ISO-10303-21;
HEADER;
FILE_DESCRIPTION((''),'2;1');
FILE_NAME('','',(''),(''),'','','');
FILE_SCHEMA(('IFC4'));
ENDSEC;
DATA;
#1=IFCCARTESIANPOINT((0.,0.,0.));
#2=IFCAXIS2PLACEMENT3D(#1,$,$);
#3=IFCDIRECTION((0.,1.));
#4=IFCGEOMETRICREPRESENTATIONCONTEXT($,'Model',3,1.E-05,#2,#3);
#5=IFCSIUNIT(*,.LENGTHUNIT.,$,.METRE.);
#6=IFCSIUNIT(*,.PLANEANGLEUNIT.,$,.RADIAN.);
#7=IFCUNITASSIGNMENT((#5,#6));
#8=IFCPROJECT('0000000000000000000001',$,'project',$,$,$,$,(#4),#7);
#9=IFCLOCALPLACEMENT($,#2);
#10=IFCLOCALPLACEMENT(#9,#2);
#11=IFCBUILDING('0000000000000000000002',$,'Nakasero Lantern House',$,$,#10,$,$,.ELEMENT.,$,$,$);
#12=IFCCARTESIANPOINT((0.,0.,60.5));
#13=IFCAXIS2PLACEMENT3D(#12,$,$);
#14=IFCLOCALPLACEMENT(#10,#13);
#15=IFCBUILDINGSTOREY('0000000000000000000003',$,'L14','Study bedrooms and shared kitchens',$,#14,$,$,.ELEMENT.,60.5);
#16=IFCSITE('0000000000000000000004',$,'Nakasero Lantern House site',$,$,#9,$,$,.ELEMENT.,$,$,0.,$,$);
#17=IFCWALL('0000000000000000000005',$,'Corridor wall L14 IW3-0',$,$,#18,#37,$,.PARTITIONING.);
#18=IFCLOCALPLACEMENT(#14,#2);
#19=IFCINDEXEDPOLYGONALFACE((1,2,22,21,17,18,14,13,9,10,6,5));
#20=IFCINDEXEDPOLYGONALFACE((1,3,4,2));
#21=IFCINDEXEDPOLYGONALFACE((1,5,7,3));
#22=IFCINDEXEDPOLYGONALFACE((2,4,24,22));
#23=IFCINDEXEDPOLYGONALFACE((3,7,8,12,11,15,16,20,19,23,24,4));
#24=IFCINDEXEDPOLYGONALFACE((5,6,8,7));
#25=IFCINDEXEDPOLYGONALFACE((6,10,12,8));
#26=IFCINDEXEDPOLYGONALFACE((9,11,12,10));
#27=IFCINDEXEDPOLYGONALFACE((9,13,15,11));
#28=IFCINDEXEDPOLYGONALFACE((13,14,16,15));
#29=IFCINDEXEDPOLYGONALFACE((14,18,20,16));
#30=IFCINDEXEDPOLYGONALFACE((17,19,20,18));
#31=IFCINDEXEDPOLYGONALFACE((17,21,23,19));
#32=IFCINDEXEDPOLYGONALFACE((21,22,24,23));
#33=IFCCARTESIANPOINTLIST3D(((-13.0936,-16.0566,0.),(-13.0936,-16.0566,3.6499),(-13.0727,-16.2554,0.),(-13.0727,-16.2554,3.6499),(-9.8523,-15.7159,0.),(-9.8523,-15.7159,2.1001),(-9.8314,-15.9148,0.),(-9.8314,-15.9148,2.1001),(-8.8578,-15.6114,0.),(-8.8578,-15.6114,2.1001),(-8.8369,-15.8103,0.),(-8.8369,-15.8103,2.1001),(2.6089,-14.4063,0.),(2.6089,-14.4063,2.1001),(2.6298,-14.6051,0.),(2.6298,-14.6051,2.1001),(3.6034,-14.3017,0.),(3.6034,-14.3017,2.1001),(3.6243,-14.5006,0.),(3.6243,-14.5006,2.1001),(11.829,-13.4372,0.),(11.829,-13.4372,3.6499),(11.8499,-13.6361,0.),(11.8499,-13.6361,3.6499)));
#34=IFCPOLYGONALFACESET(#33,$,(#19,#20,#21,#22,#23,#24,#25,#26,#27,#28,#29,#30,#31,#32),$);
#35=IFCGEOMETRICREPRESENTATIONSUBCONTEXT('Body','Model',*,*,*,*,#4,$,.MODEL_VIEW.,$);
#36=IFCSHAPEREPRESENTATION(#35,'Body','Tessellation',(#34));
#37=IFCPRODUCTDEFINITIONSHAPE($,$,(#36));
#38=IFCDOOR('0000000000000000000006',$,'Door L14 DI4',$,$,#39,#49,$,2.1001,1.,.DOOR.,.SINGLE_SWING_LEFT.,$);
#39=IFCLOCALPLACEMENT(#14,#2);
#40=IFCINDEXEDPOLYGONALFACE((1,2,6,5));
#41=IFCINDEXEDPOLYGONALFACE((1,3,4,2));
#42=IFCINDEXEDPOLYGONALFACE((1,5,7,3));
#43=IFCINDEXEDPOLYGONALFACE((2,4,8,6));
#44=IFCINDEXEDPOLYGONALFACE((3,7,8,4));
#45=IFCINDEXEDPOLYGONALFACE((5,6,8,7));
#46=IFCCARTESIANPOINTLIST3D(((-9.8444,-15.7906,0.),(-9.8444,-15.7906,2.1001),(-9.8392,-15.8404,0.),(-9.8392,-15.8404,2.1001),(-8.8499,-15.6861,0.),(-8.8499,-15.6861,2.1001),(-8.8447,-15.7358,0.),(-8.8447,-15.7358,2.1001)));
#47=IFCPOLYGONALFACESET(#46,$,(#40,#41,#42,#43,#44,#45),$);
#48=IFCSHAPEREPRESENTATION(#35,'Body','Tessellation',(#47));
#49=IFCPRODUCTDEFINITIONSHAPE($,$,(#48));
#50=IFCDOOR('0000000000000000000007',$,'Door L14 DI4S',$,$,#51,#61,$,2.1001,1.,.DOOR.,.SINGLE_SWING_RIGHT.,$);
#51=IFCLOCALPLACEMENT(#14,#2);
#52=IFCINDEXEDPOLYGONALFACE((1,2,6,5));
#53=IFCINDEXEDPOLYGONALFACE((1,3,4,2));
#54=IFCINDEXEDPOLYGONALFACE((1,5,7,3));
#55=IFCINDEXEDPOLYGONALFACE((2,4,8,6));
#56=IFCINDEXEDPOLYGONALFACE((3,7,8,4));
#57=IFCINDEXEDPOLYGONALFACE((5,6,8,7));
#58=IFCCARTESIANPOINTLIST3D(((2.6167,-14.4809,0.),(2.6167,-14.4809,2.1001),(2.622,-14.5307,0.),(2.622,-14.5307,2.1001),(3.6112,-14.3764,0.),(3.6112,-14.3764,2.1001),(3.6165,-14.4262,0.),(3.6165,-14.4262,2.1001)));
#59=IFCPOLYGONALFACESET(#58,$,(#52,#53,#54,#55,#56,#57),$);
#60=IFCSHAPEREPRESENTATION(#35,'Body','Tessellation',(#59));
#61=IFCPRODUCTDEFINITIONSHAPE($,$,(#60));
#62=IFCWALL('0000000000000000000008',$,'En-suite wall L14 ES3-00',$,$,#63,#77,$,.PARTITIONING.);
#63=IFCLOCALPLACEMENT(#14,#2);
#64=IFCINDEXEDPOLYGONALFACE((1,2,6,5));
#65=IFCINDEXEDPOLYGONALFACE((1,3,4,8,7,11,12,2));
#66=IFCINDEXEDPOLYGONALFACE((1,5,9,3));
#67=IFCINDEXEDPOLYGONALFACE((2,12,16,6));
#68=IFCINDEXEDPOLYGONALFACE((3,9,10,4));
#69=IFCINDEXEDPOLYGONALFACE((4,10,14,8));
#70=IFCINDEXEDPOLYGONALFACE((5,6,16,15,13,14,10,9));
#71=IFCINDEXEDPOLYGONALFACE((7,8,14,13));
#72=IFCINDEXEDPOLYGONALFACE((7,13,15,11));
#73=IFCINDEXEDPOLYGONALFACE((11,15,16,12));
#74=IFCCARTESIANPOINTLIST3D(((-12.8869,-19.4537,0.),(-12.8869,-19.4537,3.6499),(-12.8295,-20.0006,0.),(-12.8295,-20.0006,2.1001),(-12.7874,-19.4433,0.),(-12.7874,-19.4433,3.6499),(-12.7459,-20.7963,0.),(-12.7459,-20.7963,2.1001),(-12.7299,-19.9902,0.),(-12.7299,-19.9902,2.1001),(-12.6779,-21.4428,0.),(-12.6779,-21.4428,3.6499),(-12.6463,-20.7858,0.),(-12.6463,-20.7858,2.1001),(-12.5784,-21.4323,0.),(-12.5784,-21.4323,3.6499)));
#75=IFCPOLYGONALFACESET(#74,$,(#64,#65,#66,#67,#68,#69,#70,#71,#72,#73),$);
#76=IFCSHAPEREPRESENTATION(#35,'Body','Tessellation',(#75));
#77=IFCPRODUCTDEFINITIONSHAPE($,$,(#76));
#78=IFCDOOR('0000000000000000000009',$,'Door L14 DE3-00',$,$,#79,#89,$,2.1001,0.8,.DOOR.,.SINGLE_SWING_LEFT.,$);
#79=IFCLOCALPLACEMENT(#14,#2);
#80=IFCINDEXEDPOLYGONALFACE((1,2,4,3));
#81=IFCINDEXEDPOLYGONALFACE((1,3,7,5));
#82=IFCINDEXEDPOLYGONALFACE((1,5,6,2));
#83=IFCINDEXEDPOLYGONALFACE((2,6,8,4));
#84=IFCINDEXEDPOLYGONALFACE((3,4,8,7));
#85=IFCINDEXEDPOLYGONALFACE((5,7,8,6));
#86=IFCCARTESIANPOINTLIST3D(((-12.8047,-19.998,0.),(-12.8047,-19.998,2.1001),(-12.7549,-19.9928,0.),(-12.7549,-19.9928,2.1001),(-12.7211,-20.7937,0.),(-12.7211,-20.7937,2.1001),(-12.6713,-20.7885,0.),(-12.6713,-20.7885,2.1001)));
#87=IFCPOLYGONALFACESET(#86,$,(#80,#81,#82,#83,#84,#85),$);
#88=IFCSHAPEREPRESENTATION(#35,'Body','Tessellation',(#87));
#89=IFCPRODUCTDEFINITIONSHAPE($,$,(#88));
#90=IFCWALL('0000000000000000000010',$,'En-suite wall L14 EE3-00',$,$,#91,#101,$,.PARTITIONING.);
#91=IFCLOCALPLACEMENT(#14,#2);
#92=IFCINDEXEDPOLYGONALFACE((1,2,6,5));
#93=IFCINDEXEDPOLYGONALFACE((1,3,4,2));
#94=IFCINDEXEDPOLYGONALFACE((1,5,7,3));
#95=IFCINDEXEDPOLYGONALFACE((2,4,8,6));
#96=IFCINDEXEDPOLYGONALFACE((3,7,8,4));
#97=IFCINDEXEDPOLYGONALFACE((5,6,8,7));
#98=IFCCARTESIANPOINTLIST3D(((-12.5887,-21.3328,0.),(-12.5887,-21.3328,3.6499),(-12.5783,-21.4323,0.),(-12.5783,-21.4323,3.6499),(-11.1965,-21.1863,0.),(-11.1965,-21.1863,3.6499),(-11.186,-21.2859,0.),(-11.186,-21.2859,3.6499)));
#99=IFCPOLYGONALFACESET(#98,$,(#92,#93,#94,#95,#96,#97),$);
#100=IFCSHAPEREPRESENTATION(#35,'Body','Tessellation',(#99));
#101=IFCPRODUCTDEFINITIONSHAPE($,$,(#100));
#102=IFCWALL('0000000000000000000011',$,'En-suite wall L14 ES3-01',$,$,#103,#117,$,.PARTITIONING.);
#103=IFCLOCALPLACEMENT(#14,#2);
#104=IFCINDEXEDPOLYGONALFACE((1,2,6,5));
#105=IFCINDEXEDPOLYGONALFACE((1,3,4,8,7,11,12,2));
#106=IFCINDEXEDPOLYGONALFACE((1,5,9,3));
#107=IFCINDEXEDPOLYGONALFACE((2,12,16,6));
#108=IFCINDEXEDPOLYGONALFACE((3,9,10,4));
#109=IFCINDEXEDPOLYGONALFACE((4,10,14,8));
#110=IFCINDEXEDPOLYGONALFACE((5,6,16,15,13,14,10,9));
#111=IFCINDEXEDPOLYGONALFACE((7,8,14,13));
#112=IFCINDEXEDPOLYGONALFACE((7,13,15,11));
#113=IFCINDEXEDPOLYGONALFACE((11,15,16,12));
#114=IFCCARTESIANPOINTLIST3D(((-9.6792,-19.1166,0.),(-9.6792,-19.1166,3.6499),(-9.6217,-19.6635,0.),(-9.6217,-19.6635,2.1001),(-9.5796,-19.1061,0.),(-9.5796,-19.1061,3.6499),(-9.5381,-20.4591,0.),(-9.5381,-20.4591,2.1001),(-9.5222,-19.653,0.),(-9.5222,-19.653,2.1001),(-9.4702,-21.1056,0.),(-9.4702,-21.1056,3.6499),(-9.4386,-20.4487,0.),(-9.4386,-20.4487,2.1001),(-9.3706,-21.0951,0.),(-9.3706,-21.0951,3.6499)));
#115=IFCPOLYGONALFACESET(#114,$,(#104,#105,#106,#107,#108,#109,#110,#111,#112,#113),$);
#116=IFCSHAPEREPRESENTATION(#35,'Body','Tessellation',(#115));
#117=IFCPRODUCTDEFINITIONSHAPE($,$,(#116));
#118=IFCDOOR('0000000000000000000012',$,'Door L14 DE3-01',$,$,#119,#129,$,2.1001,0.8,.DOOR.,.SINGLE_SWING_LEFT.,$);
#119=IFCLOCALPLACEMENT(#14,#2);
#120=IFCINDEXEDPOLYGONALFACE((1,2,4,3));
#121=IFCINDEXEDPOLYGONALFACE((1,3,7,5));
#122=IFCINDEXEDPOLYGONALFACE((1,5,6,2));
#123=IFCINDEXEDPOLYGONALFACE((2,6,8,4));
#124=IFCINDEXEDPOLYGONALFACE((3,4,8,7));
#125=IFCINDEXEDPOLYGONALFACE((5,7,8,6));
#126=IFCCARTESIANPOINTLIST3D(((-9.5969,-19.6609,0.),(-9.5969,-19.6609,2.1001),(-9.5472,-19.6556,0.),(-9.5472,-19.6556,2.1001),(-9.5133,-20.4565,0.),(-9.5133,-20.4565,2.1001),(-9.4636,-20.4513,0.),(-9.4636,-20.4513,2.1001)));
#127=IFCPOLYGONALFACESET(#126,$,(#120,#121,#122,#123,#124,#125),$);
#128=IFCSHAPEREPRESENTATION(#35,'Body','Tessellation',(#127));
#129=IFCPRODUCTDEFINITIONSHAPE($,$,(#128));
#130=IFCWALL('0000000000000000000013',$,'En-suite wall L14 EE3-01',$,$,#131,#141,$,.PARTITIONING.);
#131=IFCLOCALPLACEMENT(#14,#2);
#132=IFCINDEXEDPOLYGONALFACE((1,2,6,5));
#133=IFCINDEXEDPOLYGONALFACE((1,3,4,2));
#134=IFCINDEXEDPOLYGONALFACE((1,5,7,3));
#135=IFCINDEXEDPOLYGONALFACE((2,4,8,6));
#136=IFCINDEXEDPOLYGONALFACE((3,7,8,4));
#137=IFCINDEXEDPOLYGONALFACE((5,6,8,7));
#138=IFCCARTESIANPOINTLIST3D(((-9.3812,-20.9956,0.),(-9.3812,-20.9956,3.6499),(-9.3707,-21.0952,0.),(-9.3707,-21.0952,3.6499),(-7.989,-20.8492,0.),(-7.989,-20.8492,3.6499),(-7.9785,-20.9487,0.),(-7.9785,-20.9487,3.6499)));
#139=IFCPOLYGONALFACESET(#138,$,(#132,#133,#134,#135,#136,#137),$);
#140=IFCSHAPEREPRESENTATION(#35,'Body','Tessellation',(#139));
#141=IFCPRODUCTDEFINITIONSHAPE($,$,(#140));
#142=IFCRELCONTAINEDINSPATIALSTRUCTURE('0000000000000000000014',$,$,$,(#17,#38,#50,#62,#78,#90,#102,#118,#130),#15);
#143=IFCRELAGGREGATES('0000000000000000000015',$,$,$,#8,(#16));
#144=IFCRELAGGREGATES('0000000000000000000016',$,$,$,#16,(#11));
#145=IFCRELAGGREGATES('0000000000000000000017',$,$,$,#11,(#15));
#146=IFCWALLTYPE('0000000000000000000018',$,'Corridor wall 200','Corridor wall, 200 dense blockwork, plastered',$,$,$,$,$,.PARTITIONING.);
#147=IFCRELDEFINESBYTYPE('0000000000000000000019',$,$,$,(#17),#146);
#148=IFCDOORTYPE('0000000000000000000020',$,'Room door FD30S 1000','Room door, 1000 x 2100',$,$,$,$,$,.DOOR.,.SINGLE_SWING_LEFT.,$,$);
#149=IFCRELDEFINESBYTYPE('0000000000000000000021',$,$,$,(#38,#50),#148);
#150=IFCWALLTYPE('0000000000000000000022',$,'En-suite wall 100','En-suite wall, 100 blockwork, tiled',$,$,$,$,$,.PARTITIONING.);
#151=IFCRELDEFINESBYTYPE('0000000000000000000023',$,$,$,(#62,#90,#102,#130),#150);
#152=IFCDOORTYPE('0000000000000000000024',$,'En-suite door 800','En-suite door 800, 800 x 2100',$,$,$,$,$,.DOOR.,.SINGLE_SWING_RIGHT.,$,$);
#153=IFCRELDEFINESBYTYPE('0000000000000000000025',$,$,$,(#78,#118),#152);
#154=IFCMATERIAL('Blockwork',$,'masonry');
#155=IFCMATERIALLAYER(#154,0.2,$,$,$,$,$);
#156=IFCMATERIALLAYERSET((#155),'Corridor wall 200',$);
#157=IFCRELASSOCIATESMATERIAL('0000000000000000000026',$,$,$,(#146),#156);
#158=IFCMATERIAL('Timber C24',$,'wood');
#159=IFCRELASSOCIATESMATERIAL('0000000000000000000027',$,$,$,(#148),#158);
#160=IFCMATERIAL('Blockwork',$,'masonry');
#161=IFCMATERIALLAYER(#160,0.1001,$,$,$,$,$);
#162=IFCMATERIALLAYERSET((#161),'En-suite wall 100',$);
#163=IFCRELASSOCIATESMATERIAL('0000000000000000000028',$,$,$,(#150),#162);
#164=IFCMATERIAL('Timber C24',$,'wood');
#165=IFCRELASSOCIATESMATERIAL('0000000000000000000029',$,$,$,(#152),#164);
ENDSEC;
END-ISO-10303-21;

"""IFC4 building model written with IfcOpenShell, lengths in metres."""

from ifc_helpers import new_model, si_unit, direction, frame, frame_2d, origin, place, context, subcontext, project, spatial, rectangle, extrude, material, layer, layer_set, type_object, element, fill, save


model = new_model("IFC4")

# Units and contexts
model_context = context("Model", 3, precision=1e-05, world=origin(), true_north=direction((0.0, 1.0)))
body_context = subcontext(model_context, "Body", "Model", "MODEL_VIEW")
ifc_project = project(units=[si_unit("LENGTHUNIT", "METRE"), si_unit("PLANEANGLEUNIT", "RADIAN")], contexts=[model_context])

# Site, building, storey
site_placement = place(None, origin())
site = spatial("IfcSite", under=ifc_project, at=site_placement, Name="Nakasero Lantern House site", CompositionType="ELEMENT", RefElevation=0.0)
building_placement = place(site_placement, origin())
building = spatial("IfcBuilding", under=site, at=building_placement, Name="Nakasero Lantern House", CompositionType="ELEMENT")
storey_placement = place(building_placement, frame((0.0, 0.0, 60.5)))
storey = spatial("IfcBuildingStorey", under=building, at=storey_placement, Name="L14", Description="Study bedrooms and shared kitchens", CompositionType="ELEMENT", Elevation=60.5)

# Shared definitions
ifc_material_1 = material(Name="Blockwork", Category="masonry")
ifc_layer_1 = layer(ifc_material_1, 0.2)
ifc_layer_set_1 = layer_set([ifc_layer_1], Name="Corridor wall 200")
wall_type_1 = type_object("IfcWallType", Name="Corridor wall 200", Description="Corridor wall, 200 dense blockwork, plastered", PredefinedType="PARTITIONING", material=ifc_layer_set_1)

# Wall, openings, doors
wall_1_placement = place(storey_placement, frame((-13.083, -16.156, 0.0), z_axis=(0.0, 0.0, 1.0), x_axis=(0.994522, 0.104525, 0.0)))
wall_1 = element("IfcWall", 1, at=wall_1_placement, inside=storey, type_object=wall_type_1, Name="Corridor wall L14 IW3-0", PredefinedType="PARTITIONING", context=body_context, shape_type="SweptSolid", body=[
    extrude(rectangle(XDim=25.0598, YDim=0.2, at=frame_2d((12.5298, 0.0))), origin(), (0.0, 0.0, 1.0), 3.6499),
])
opening_1_placement = place(wall_1_placement, frame((3.259, 0.0, 0.0)))
opening_1 = element("IfcOpeningElement", 2, at=opening_1_placement, cuts=wall_1, PredefinedType="OPENING", context=body_context, shape_type="SweptSolid", body=[
    extrude(rectangle(XDim=1.0, YDim=2.1001, at=frame_2d((0.5, 1.05))), frame((0.0, 0.1199, 0.0), z_axis=(0.0, -1.0, 0.0), x_axis=(1.0, 0.0, 0.0)), (0.0, 0.0, 1.0), 0.24),
])
opening_2_placement = place(wall_1_placement, frame((15.7888, 0.0, 0.0)))
opening_2 = element("IfcOpeningElement", 3, at=opening_2_placement, cuts=wall_1, PredefinedType="OPENING", context=body_context, shape_type="SweptSolid", body=[
    extrude(rectangle(XDim=1.0, YDim=2.1001, at=frame_2d((0.5, 1.05))), frame((0.0, 0.1199, 0.0), z_axis=(0.0, -1.0, 0.0), x_axis=(1.0, 0.0, 0.0)), (0.0, 0.0, 1.0), 0.24),
])
ifc_material_2 = material(Name="Timber C24", Category="wood")
door_type_1 = type_object("IfcDoorType", Name="Room door FD30S 1000", Description="Room door, 1000 x 2100", OperationType="SINGLE_SWING_LEFT", PredefinedType="DOOR", material=ifc_material_2)
door_1_placement = place(opening_1_placement, origin())
door_1 = element("IfcDoor", 4, at=door_1_placement, inside=storey, type_object=door_type_1, Name="Door L14 DI4", OperationType="SINGLE_SWING_LEFT", OverallHeight=2.1001, OverallWidth=1.0, PredefinedType="DOOR", context=body_context, shape_type="SweptSolid", body=[
    extrude(rectangle(XDim=1.0, YDim=2.1001, at=frame_2d((0.5, 1.05))), frame((0.0, 0.0249, 0.0), z_axis=(0.0, -1.0, 0.0), x_axis=(1.0, 0.0, 0.0)), (0.0, 0.0, 1.0), 0.05),
])
fill(opening_1, door_1)
door_2_placement = place(opening_2_placement, origin())
door_2 = element("IfcDoor", 5, at=door_2_placement, inside=storey, type_object=door_type_1, Name="Door L14 DI4S", OperationType="SINGLE_SWING_RIGHT", OverallHeight=2.1001, OverallWidth=1.0, PredefinedType="DOOR", context=body_context, shape_type="SweptSolid", body=[
    extrude(rectangle(XDim=1.0, YDim=2.1001, at=frame_2d((0.5, 1.05))), frame((0.0, 0.0249, 0.0), z_axis=(0.0, -1.0, 0.0), x_axis=(1.0, 0.0, 0.0)), (0.0, 0.0, 1.0), 0.05),
])
fill(opening_2, door_2)

# Wall, opening, door
ifc_material_3 = material(Name="Blockwork", Category="masonry")
ifc_layer_2 = layer(ifc_material_3, 0.1001)
ifc_layer_set_2 = layer_set([ifc_layer_2], Name="En-suite wall 100")
wall_type_2 = type_object("IfcWallType", Name="En-suite wall 100", Description="En-suite wall, 100 blockwork, tiled", PredefinedType="PARTITIONING", material=ifc_layer_set_2)
wall_2_placement = place(storey_placement, frame((-12.8372, -19.4485, 0.0), z_axis=(0.0, 0.0, 1.0), x_axis=(0.104494, -0.994526, 0.0)))
wall_2 = element("IfcWall", 6, at=wall_2_placement, inside=storey, type_object=wall_type_2, Name="En-suite wall L14 ES3-00", PredefinedType="PARTITIONING", context=body_context, shape_type="SweptSolid", body=[
    extrude(rectangle(XDim=2.0, YDim=0.1001, at=frame_2d((1.0, 0.0))), origin(), (0.0, 0.0, 1.0), 3.6499),
])
opening_3_placement = place(wall_2_placement, frame((0.55, 0.0, 0.0)))
opening_3 = element("IfcOpeningElement", 7, at=opening_3_placement, cuts=wall_2, PredefinedType="OPENING", context=body_context, shape_type="SweptSolid", body=[
    extrude(rectangle(XDim=0.8, YDim=2.1001, at=frame_2d((0.3999, 1.05))), frame((0.0, 0.0701, 0.0), z_axis=(0.0, -1.0, 0.0), x_axis=(1.0, 0.0, 0.0)), (0.0, 0.0, 1.0), 0.1401),
])
ifc_material_4 = material(Name="Timber C24", Category="wood")
door_type_2 = type_object("IfcDoorType", Name="En-suite door 800", Description="En-suite door 800, 800 x 2100", OperationType="SINGLE_SWING_RIGHT", PredefinedType="DOOR", material=ifc_material_4)
door_3_placement = place(opening_3_placement, origin())
door_3 = element("IfcDoor", 8, at=door_3_placement, inside=storey, type_object=door_type_2, Name="Door L14 DE3-00", OperationType="SINGLE_SWING_LEFT", OverallHeight=2.1001, OverallWidth=0.8, PredefinedType="DOOR", context=body_context, shape_type="SweptSolid", body=[
    extrude(rectangle(XDim=0.8, YDim=2.1001, at=frame_2d((0.3999, 1.05))), frame((0.0, 0.0249, 0.0), z_axis=(0.0, -1.0, 0.0), x_axis=(1.0, 0.0, 0.0)), (0.0, 0.0, 1.0), 0.05),
])
fill(opening_3, door_3)

# Wall
wall_3_placement = place(storey_placement, frame((-12.5835, -21.3826, 0.0), z_axis=(0.0, 0.0, 1.0), x_axis=(0.994511, 0.10463, 0.0)))
element("IfcWall", 9, at=wall_3_placement, inside=storey, type_object=wall_type_2, Name="En-suite wall L14 EE3-00", PredefinedType="PARTITIONING", context=body_context, shape_type="SweptSolid", body=[
    extrude(rectangle(XDim=1.3999, YDim=0.1001, at=frame_2d((0.7, 0.0))), origin(), (0.0, 0.0, 1.0), 3.6499),
])

# Wall, opening, door
wall_4_placement = place(storey_placement, frame((-9.6294, -19.1113, 0.0), z_axis=(0.0, 0.0, 1.0), x_axis=(0.104494, -0.994526, 0.0)))
wall_4 = element("IfcWall", 10, at=wall_4_placement, inside=storey, type_object=wall_type_2, Name="En-suite wall L14 ES3-01", PredefinedType="PARTITIONING", context=body_context, shape_type="SweptSolid", body=[
    extrude(rectangle(XDim=2.0, YDim=0.1001, at=frame_2d((1.0, 0.0))), origin(), (0.0, 0.0, 1.0), 3.6499),
])
opening_4_placement = place(wall_4_placement, frame((0.55, 0.0, 0.0)))
opening_4 = element("IfcOpeningElement", 11, at=opening_4_placement, cuts=wall_4, PredefinedType="OPENING", context=body_context, shape_type="SweptSolid", body=[
    extrude(rectangle(XDim=0.8, YDim=2.1001, at=frame_2d((0.3999, 1.05))), frame((0.0, 0.0701, 0.0), z_axis=(0.0, -1.0, 0.0), x_axis=(1.0, 0.0, 0.0)), (0.0, 0.0, 1.0), 0.1401),
])
door_4_placement = place(opening_4_placement, origin())
door_4 = element("IfcDoor", 12, at=door_4_placement, inside=storey, type_object=door_type_2, Name="Door L14 DE3-01", OperationType="SINGLE_SWING_LEFT", OverallHeight=2.1001, OverallWidth=0.8, PredefinedType="DOOR", context=body_context, shape_type="SweptSolid", body=[
    extrude(rectangle(XDim=0.8, YDim=2.1001, at=frame_2d((0.3999, 1.05))), frame((0.0, 0.0249, 0.0), z_axis=(0.0, -1.0, 0.0), x_axis=(1.0, 0.0, 0.0)), (0.0, 0.0, 1.0), 0.05),
])
fill(opening_4, door_4)

# Wall
wall_5_placement = place(storey_placement, frame((-9.376, -21.0454, 0.0), z_axis=(0.0, 0.0, 1.0), x_axis=(0.994511, 0.10463, 0.0)))
element("IfcWall", 13, at=wall_5_placement, inside=storey, type_object=wall_type_2, Name="En-suite wall L14 EE3-01", PredefinedType="PARTITIONING", context=body_context, shape_type="SweptSolid", body=[
    extrude(rectangle(XDim=1.3999, YDim=0.1001, at=frame_2d((0.7, 0.0))), origin(), (0.0, 0.0, 1.0), 3.6499),
])

save(model, "model.ifc")
